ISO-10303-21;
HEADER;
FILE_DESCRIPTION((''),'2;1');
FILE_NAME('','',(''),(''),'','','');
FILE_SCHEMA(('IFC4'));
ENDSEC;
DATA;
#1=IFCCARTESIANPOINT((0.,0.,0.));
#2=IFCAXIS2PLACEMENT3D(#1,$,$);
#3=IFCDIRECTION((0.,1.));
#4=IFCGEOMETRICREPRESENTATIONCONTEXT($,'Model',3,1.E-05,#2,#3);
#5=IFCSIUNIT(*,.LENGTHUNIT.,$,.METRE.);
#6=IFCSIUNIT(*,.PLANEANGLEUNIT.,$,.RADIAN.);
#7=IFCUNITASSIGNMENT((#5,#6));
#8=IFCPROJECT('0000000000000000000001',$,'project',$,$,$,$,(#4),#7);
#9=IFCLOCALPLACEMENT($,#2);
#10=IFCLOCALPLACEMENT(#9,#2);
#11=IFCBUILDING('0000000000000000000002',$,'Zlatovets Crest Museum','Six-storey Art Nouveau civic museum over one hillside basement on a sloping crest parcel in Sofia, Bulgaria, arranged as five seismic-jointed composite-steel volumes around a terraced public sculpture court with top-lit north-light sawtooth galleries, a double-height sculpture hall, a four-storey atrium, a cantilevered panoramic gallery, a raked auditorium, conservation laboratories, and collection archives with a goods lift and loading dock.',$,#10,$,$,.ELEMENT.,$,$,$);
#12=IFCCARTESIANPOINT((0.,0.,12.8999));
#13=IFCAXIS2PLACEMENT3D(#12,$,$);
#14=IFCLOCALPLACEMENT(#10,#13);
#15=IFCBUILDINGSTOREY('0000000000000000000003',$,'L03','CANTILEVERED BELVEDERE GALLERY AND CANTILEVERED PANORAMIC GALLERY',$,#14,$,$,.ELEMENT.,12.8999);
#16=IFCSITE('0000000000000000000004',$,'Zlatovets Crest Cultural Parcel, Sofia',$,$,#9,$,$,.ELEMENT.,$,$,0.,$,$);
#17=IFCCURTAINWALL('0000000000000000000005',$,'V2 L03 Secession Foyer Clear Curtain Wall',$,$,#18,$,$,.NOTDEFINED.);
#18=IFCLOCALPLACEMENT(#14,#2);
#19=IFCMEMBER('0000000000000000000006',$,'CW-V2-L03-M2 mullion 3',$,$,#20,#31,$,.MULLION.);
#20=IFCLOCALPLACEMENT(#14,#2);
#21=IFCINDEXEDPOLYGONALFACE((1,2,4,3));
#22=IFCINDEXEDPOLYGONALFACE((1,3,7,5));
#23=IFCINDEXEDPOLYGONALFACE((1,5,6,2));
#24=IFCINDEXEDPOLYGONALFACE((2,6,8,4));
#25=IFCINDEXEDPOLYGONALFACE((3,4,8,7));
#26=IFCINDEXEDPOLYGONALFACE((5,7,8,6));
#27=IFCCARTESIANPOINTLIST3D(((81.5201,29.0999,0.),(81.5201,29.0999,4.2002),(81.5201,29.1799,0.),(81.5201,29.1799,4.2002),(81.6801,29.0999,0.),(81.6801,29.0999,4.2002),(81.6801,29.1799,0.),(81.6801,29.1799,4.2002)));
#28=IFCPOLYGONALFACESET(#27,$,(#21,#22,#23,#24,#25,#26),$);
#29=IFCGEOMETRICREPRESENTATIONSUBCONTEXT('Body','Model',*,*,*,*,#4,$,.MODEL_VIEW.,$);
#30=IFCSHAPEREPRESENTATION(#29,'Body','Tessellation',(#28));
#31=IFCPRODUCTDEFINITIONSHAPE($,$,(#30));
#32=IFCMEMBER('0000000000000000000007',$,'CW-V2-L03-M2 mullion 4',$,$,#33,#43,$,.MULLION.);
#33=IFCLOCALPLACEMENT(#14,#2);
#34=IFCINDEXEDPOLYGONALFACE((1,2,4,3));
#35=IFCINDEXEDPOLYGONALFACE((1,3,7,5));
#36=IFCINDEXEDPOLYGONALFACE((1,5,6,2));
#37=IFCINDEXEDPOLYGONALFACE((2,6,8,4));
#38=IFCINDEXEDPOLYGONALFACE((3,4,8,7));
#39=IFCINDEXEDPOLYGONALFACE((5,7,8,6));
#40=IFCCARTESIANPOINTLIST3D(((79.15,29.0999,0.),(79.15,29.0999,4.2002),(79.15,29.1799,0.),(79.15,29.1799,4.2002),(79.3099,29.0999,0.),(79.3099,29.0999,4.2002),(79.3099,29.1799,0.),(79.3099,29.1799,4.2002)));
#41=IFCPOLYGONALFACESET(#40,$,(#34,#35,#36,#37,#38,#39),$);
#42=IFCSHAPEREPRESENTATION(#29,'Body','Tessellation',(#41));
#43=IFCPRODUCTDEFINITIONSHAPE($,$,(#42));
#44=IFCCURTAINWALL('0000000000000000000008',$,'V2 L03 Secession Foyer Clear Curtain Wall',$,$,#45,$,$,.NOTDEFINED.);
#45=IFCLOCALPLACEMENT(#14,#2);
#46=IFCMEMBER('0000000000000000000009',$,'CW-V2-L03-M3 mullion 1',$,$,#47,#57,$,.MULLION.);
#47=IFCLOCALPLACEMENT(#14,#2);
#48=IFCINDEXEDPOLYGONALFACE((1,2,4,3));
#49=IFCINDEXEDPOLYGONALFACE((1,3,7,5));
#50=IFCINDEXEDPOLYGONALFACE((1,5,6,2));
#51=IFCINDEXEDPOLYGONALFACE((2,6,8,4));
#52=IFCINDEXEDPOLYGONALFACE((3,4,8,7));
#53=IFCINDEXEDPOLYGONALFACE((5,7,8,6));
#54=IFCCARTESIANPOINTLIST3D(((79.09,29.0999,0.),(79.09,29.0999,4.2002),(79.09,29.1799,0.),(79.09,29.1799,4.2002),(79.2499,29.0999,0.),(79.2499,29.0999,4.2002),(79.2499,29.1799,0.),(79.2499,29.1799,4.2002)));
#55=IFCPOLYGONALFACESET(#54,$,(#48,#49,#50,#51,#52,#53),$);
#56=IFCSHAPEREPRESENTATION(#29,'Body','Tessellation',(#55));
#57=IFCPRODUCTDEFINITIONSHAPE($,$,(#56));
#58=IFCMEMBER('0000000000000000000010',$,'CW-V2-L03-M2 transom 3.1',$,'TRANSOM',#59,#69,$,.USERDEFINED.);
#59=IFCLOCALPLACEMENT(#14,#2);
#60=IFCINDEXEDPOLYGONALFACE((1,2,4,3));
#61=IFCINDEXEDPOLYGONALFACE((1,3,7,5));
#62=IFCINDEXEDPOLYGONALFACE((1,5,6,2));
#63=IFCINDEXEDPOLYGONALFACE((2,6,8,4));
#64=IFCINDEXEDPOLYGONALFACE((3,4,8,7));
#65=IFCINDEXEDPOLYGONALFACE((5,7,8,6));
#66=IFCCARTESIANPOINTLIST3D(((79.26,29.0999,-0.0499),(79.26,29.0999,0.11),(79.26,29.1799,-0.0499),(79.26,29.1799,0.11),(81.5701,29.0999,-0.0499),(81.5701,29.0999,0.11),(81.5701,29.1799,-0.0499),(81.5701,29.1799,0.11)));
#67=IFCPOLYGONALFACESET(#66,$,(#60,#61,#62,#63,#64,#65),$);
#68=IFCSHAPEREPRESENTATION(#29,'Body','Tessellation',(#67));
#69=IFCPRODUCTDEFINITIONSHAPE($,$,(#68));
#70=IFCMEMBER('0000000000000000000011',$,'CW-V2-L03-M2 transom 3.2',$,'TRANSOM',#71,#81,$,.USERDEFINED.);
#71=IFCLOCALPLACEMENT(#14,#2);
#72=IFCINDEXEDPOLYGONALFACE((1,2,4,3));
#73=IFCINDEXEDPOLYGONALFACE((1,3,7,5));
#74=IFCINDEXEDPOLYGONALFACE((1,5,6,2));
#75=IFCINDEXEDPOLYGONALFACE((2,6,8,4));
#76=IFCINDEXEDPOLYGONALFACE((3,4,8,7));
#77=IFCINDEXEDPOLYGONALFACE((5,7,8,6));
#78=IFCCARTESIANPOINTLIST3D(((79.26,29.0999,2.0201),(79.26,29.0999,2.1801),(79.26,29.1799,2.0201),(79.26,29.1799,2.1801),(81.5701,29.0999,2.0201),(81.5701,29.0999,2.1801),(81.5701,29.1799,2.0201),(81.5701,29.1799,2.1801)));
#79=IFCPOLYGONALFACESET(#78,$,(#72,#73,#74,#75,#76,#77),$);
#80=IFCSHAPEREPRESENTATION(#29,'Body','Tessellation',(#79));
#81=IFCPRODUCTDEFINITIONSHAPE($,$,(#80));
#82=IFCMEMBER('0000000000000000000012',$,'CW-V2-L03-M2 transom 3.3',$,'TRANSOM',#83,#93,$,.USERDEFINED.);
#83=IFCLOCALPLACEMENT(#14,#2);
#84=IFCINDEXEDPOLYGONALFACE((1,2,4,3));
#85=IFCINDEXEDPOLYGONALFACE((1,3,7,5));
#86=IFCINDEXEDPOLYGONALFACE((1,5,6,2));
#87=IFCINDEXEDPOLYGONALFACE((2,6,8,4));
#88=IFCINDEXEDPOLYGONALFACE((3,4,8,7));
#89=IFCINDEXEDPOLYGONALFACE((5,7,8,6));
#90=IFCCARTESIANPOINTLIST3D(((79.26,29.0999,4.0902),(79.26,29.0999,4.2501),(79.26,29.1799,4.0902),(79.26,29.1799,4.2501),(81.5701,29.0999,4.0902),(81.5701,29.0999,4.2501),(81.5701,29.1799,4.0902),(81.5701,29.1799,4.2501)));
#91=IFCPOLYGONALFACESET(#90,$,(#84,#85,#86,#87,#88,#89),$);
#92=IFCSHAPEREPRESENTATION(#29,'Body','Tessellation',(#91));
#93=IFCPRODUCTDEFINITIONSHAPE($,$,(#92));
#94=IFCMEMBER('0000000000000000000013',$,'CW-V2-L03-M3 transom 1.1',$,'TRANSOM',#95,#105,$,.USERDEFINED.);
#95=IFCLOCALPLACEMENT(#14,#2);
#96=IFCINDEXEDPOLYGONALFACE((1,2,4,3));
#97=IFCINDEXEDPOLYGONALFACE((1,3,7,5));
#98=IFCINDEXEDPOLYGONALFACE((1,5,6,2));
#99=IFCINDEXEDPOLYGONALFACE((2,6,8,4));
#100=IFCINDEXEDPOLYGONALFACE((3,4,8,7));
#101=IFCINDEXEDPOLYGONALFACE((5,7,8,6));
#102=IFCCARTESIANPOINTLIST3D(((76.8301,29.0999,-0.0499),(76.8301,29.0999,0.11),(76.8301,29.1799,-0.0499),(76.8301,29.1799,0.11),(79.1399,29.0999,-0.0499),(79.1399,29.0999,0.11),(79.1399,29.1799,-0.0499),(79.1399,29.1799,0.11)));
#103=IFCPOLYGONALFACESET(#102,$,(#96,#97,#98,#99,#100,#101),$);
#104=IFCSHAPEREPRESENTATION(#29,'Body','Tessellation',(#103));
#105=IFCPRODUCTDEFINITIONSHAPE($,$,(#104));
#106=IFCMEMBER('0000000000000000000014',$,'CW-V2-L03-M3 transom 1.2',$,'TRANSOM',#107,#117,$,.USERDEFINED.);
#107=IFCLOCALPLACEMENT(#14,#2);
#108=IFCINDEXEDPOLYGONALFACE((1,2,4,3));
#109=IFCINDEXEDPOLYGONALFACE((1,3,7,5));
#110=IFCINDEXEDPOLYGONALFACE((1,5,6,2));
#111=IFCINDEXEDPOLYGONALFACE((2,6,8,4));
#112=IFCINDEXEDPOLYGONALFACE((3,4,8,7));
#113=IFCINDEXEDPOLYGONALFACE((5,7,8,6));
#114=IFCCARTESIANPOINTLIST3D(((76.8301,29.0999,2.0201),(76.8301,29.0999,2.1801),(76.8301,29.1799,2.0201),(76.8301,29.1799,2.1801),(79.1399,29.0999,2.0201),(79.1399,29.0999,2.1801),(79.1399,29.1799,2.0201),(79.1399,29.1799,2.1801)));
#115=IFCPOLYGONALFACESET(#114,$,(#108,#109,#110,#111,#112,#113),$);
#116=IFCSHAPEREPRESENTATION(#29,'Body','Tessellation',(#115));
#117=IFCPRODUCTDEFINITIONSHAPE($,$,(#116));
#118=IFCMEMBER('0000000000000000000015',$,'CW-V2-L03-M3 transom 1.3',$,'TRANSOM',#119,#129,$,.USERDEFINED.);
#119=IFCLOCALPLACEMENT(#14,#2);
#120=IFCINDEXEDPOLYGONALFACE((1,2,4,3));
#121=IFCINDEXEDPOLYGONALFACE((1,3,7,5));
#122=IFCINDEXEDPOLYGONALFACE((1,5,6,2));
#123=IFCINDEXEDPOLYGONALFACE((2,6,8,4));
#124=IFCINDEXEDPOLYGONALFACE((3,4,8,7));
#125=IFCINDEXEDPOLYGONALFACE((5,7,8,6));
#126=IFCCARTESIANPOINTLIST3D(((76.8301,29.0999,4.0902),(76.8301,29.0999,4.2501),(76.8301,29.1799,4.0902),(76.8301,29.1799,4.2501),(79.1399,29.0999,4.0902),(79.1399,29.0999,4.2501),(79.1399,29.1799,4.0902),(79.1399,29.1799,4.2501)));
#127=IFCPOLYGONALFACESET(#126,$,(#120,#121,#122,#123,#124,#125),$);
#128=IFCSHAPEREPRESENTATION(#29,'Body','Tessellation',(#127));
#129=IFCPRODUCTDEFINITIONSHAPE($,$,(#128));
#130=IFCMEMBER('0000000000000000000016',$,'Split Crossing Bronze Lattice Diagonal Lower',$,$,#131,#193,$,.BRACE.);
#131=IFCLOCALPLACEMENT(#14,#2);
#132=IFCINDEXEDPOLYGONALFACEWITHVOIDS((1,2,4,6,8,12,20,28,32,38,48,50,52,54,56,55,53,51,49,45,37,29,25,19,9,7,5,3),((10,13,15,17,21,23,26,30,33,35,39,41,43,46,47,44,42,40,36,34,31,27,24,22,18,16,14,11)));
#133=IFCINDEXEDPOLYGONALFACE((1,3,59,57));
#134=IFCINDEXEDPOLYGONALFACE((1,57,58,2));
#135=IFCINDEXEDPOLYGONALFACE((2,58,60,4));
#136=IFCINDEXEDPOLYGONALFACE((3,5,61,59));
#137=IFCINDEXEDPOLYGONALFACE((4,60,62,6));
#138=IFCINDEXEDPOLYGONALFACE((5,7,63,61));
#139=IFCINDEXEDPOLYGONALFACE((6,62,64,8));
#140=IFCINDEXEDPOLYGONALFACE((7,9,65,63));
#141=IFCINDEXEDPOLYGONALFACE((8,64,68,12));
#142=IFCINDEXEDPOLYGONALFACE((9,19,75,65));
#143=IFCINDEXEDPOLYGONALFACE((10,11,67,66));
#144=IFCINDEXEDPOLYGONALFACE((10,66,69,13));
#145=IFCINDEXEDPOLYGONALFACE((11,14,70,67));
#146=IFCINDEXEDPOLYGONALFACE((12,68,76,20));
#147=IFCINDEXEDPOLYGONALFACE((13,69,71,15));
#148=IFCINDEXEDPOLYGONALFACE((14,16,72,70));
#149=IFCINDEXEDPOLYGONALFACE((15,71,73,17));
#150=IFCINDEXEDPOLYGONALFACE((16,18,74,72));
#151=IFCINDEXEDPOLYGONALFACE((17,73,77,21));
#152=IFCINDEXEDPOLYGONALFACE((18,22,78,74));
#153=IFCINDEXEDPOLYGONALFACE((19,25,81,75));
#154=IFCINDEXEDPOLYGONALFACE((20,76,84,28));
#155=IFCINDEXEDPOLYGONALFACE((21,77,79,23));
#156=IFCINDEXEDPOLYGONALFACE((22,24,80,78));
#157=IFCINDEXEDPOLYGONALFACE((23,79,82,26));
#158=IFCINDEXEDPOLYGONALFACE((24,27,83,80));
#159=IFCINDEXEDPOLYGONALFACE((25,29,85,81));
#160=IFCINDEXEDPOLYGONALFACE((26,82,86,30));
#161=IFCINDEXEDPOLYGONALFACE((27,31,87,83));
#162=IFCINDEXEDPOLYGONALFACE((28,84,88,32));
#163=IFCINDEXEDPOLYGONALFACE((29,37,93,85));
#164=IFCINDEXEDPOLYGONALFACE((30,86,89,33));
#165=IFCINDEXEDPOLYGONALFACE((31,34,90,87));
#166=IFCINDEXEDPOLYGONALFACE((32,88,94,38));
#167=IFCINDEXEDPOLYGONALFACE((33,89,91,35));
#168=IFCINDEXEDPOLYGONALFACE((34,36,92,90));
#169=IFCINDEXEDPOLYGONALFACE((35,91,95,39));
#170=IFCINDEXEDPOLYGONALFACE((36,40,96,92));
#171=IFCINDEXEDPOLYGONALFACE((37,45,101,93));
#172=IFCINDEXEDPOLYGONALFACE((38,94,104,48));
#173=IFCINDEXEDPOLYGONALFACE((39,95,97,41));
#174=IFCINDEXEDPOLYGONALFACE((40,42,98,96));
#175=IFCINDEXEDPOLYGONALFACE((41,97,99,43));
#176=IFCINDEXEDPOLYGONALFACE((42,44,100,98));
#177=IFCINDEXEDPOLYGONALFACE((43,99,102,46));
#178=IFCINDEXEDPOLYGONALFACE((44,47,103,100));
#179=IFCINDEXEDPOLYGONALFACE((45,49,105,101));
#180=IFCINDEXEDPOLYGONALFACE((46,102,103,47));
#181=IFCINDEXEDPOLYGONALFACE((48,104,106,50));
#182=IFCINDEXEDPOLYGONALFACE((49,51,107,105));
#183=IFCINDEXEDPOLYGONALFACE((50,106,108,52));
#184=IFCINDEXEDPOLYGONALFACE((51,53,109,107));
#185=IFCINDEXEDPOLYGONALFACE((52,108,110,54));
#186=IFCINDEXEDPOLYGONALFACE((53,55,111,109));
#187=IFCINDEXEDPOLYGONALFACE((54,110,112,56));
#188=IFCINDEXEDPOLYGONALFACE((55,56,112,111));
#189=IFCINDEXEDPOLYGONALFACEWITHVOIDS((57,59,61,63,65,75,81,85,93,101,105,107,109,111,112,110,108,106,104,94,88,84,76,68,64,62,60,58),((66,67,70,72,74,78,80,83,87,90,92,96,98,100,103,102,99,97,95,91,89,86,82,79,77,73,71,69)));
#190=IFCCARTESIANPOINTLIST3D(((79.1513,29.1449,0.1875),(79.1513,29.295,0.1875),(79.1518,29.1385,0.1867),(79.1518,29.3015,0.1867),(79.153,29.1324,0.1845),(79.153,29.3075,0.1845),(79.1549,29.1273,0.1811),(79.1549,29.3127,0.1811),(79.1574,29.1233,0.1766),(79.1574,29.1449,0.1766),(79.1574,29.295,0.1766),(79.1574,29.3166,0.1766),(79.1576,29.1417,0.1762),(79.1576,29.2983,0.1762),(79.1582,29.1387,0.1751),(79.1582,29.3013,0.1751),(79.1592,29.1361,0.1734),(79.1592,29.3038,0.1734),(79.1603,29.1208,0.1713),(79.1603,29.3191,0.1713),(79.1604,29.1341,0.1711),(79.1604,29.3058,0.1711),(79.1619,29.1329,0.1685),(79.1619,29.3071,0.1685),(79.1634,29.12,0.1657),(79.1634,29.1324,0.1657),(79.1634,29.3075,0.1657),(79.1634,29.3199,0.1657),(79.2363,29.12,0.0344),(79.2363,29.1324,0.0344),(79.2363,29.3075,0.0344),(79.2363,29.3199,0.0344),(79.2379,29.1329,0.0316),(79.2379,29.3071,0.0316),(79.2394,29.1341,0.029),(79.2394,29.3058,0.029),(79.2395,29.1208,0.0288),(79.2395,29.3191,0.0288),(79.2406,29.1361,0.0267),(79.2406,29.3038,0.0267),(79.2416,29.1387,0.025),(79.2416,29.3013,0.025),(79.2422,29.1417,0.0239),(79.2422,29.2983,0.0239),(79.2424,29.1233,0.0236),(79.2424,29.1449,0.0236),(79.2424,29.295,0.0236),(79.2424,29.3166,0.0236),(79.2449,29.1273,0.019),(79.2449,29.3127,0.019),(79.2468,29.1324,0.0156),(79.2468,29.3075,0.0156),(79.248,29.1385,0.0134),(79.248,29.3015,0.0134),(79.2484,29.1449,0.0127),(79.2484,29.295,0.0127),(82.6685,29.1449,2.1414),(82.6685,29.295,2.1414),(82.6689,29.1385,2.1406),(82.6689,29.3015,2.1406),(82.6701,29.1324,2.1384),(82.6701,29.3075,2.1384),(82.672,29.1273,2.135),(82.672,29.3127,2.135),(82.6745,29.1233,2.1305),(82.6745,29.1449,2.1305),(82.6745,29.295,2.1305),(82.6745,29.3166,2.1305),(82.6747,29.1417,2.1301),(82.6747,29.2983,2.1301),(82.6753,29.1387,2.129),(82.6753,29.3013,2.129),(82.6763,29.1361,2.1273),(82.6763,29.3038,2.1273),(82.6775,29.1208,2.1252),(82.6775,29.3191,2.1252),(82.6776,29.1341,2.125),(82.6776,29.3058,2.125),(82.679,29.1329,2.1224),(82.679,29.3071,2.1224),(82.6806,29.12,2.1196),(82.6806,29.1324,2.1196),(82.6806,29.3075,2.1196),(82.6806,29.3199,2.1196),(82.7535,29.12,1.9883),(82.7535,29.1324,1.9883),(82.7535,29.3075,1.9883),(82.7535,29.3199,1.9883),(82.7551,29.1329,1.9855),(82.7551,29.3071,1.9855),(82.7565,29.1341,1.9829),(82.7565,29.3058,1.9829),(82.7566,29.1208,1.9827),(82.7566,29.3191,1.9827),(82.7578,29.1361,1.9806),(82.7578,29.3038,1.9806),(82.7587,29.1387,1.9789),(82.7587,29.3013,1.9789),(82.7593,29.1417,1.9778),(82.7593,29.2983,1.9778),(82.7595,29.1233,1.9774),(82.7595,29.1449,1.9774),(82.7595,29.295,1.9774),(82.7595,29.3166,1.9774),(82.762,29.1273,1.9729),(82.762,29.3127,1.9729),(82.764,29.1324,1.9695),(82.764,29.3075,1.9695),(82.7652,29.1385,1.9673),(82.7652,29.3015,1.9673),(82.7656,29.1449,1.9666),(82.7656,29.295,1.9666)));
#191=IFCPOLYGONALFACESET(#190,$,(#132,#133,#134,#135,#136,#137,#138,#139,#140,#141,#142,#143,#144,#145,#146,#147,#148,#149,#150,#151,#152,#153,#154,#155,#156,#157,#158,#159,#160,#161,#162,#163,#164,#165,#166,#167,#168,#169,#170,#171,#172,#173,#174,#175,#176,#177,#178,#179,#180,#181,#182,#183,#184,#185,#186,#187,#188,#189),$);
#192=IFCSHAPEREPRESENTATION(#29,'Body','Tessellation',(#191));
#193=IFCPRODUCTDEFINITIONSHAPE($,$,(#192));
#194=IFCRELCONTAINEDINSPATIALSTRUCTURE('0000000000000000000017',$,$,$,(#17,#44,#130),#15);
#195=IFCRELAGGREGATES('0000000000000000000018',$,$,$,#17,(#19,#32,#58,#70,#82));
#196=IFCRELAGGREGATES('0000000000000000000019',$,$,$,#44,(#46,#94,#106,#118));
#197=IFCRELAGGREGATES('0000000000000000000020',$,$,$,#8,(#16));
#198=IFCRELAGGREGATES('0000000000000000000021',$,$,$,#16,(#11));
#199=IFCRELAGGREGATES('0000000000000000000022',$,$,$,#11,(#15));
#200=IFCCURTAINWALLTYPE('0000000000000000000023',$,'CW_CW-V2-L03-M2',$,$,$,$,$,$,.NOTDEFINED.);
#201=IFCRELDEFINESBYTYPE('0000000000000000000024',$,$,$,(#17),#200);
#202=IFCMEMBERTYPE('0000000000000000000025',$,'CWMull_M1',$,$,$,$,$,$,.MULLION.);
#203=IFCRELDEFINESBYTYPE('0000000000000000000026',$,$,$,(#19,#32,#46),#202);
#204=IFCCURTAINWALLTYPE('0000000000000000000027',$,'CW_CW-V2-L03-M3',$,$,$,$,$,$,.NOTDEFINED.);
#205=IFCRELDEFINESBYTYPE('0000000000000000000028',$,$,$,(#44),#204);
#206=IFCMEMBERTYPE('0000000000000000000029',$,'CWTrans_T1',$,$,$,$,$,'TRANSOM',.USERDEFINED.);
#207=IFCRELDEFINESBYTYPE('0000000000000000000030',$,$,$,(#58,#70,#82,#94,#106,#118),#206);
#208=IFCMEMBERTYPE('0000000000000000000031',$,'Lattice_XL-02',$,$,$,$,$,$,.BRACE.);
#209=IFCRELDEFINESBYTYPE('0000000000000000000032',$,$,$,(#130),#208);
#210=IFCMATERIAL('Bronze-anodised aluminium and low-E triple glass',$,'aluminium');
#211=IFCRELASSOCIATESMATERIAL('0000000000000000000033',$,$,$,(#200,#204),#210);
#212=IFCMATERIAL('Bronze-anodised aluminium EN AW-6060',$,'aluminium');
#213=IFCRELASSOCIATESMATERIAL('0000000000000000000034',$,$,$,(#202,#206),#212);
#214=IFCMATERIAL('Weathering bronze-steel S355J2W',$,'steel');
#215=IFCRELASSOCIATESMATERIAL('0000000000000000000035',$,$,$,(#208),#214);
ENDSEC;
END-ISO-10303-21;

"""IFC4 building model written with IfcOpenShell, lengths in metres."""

from ifc_helpers import new_model, si_unit, direction, frame, origin, origin_2d, place, context, subcontext, project, spatial, rectangle, hollow_rectangle, extrude, material, material_profile, profile_set, type_object, element, aggregate, save


model = new_model("IFC4")

# Units and contexts
model_context = context("Model", 3, precision=1e-05, world=origin(), true_north=direction((0.0, 1.0)))
body_context = subcontext(model_context, "Body", "Model", "MODEL_VIEW")
ifc_project = project(units=[si_unit("LENGTHUNIT", "METRE"), si_unit("PLANEANGLEUNIT", "RADIAN")], contexts=[model_context])

# Site, building, storey
site_placement = place(None, origin())
site = spatial("IfcSite", under=ifc_project, at=site_placement, Name="Zlatovets Crest Cultural Parcel, Sofia", CompositionType="ELEMENT", RefElevation=0.0)
building_placement = place(site_placement, origin())
building = spatial("IfcBuilding", under=site, at=building_placement, Name="Zlatovets Crest Museum", Description="Six-storey Art Nouveau civic museum over one hillside basement on a sloping crest parcel in Sofia, Bulgaria, arranged as five seismic-jointed composite-steel volumes around a terraced public sculpture court with top-lit north-light sawtooth galleries, a double-height sculpture hall, a four-storey atrium, a cantilevered panoramic gallery, a raked auditorium, conservation laboratories, and collection archives with a goods lift and loading dock.", CompositionType="ELEMENT")
storey_placement = place(building_placement, frame((0.0, 0.0, 12.8999)))
storey = spatial("IfcBuildingStorey", under=building, at=storey_placement, Name="L03", Description="CANTILEVERED BELVEDERE GALLERY AND CANTILEVERED PANORAMIC GALLERY", CompositionType="ELEMENT", Elevation=12.8999)

# Curtain wall, members
ifc_material_1 = material(Name="Bronze-anodised aluminium and low-E triple glass", Category="aluminium")
curtain_wall_type_1 = type_object("IfcCurtainWallType", Name="CW_CW-V2-L03-M2", PredefinedType="NOTDEFINED", material=ifc_material_1)
curtain_wall_1_placement = place(storey_placement, origin())
curtain_wall_1 = element("IfcCurtainWall", 1, at=curtain_wall_1_placement, inside=storey, type_object=curtain_wall_type_1, Name="V2 L03 Secession Foyer Clear Curtain Wall", PredefinedType="NOTDEFINED")
ifc_material_2 = material(Name="Bronze-anodised aluminium EN AW-6060", Category="aluminium")
ifc_material_profile_1 = material_profile(ifc_material_2, rectangle(XDim=0.0801, YDim=0.1599, at=origin_2d()), Name="ALU 80x160")
ifc_profile_set_1 = profile_set([ifc_material_profile_1], Name="Bronze-anodised aluminium EN AW-6060")
member_type_1 = type_object("IfcMemberType", Name="CWMull_M1", PredefinedType="MULLION", material=ifc_profile_set_1)
member_1_placement = place(storey_placement, frame((81.6001, 29.1399, 0.0), z_axis=(0.0, 0.0, 1.0), x_axis=(0.0, -1.0, 0.0)))
member_1 = element("IfcMember", 2, at=member_1_placement, type_object=member_type_1, Name="CW-V2-L03-M2 mullion 3", PredefinedType="MULLION", context=body_context, shape_type="SweptSolid", body=[
    extrude(rectangle(XDim=0.0801, YDim=0.1599, at=origin_2d()), origin(), (0.0, 0.0, 1.0), 4.2002),
])
member_2_placement = place(storey_placement, frame((79.23, 29.1399, 0.0), z_axis=(0.0, 0.0, 1.0), x_axis=(0.0, -1.0, 0.0)))
member_2 = element("IfcMember", 3, at=member_2_placement, type_object=member_type_1, Name="CW-V2-L03-M2 mullion 4", PredefinedType="MULLION", context=body_context, shape_type="SweptSolid", body=[
    extrude(rectangle(XDim=0.0801, YDim=0.1599, at=origin_2d()), origin(), (0.0, 0.0, 1.0), 4.2002),
])

# Curtain wall, member
curtain_wall_type_2 = type_object("IfcCurtainWallType", Name="CW_CW-V2-L03-M3", PredefinedType="NOTDEFINED", material=ifc_material_1)
curtain_wall_2_placement = place(storey_placement, origin())
curtain_wall_2 = element("IfcCurtainWall", 4, at=curtain_wall_2_placement, inside=storey, type_object=curtain_wall_type_2, Name="V2 L03 Secession Foyer Clear Curtain Wall", PredefinedType="NOTDEFINED")
member_3_placement = place(storey_placement, frame((79.1699, 29.1399, 0.0), z_axis=(0.0, 0.0, 1.0), x_axis=(0.0, -1.0, 0.0)))
member_3 = element("IfcMember", 5, at=member_3_placement, type_object=member_type_1, Name="CW-V2-L03-M3 mullion 1", PredefinedType="MULLION", context=body_context, shape_type="SweptSolid", body=[
    extrude(rectangle(XDim=0.0801, YDim=0.1599, at=origin_2d()), origin(), (0.0, 0.0, 1.0), 4.2002),
])

# Members
ifc_material_profile_2 = material_profile(ifc_material_2, rectangle(XDim=0.0801, YDim=0.1599, at=origin_2d()), Name="ALU 80x160")
ifc_profile_set_2 = profile_set([ifc_material_profile_2], Name="Bronze-anodised aluminium EN AW-6060")
member_type_2 = type_object("IfcMemberType", Name="CWTrans_T1", ElementType="TRANSOM", PredefinedType="USERDEFINED", material=ifc_profile_set_2)
member_4_placement = place(storey_placement, frame((81.5701, 29.1399, 0.03), z_axis=(-1.0, 0.0, 0.0), x_axis=(0.0, -1.0, 0.0)))
member_4 = element("IfcMember", 6, at=member_4_placement, type_object=member_type_2, Name="CW-V2-L03-M2 transom 3.1", ObjectType="TRANSOM", PredefinedType="USERDEFINED", context=body_context, shape_type="SweptSolid", body=[
    extrude(rectangle(XDim=0.0801, YDim=0.1599, at=origin_2d()), origin(), (0.0, 0.0, 1.0), 2.3101),
])
member_5_placement = place(storey_placement, frame((81.5701, 29.1399, 2.1001), z_axis=(-1.0, 0.0, 0.0), x_axis=(0.0, -1.0, 0.0)))
member_5 = element("IfcMember", 7, at=member_5_placement, type_object=member_type_2, Name="CW-V2-L03-M2 transom 3.2", ObjectType="TRANSOM", PredefinedType="USERDEFINED", context=body_context, shape_type="SweptSolid", body=[
    extrude(rectangle(XDim=0.0801, YDim=0.1599, at=origin_2d()), origin(), (0.0, 0.0, 1.0), 2.3101),
])
member_6_placement = place(storey_placement, frame((81.5701, 29.1399, 4.1702), z_axis=(-1.0, 0.0, 0.0), x_axis=(0.0, -1.0, 0.0)))
member_6 = element("IfcMember", 8, at=member_6_placement, type_object=member_type_2, Name="CW-V2-L03-M2 transom 3.3", ObjectType="TRANSOM", PredefinedType="USERDEFINED", context=body_context, shape_type="SweptSolid", body=[
    extrude(rectangle(XDim=0.0801, YDim=0.1599, at=origin_2d()), origin(), (0.0, 0.0, 1.0), 2.3101),
])
member_7_placement = place(storey_placement, frame((79.1399, 29.1399, 0.03), z_axis=(-1.0, 0.0, 0.0), x_axis=(0.0, -1.0, 0.0)))
member_7 = element("IfcMember", 9, at=member_7_placement, type_object=member_type_2, Name="CW-V2-L03-M3 transom 1.1", ObjectType="TRANSOM", PredefinedType="USERDEFINED", context=body_context, shape_type="SweptSolid", body=[
    extrude(rectangle(XDim=0.0801, YDim=0.1599, at=origin_2d()), origin(), (0.0, 0.0, 1.0), 2.3098),
])
member_8_placement = place(storey_placement, frame((79.1399, 29.1399, 2.1001), z_axis=(-1.0, 0.0, 0.0), x_axis=(0.0, -1.0, 0.0)))
member_8 = element("IfcMember", 10, at=member_8_placement, type_object=member_type_2, Name="CW-V2-L03-M3 transom 1.2", ObjectType="TRANSOM", PredefinedType="USERDEFINED", context=body_context, shape_type="SweptSolid", body=[
    extrude(rectangle(XDim=0.0801, YDim=0.1599, at=origin_2d()), origin(), (0.0, 0.0, 1.0), 2.3098),
])
member_9_placement = place(storey_placement, frame((79.1399, 29.1399, 4.1702), z_axis=(-1.0, 0.0, 0.0), x_axis=(0.0, -1.0, 0.0)))
member_9 = element("IfcMember", 11, at=member_9_placement, type_object=member_type_2, Name="CW-V2-L03-M3 transom 1.3", ObjectType="TRANSOM", PredefinedType="USERDEFINED", context=body_context, shape_type="SweptSolid", body=[
    extrude(rectangle(XDim=0.0801, YDim=0.1599, at=origin_2d()), origin(), (0.0, 0.0, 1.0), 2.3098),
])

# Member
ifc_material_3 = material(Name="Weathering bronze-steel S355J2W", Category="steel")
ifc_material_profile_3 = material_profile(ifc_material_3, hollow_rectangle(XDim=0.2, YDim=0.2, WallThickness=0.0125, InnerFilletRadius=0.0125, OuterFilletRadius=0.0249, at=origin_2d()), Name="SHS 200x200x12.5")
ifc_profile_set_3 = profile_set([ifc_material_profile_3], Name="Weathering bronze-steel S355J2W")
member_type_3 = type_object("IfcMemberType", Name="Lattice_XL-02", PredefinedType="BRACE", material=ifc_profile_set_3)
member_10_placement = place(storey_placement, frame((82.717, 29.22, 2.054), z_axis=(-0.874166, 0.0, -0.485627), x_axis=(0.0, -1.0, 0.0)))
element("IfcMember", 12, at=member_10_placement, inside=storey, type_object=member_type_3, Name="Split Crossing Bronze Lattice Diagonal Lower", PredefinedType="BRACE", context=body_context, shape_type="SweptSolid", body=[
    extrude(hollow_rectangle(XDim=0.2, YDim=0.2, WallThickness=0.0125, InnerFilletRadius=0.0125, OuterFilletRadius=0.0249, at=origin_2d()), origin(), (0.0, 0.0, 1.0), 4.0234),
])

aggregate(curtain_wall_1, [member_1, member_2, member_4, member_5, member_6])
aggregate(curtain_wall_2, [member_3, member_7, member_8, member_9])

save(model, "model.ifc")
